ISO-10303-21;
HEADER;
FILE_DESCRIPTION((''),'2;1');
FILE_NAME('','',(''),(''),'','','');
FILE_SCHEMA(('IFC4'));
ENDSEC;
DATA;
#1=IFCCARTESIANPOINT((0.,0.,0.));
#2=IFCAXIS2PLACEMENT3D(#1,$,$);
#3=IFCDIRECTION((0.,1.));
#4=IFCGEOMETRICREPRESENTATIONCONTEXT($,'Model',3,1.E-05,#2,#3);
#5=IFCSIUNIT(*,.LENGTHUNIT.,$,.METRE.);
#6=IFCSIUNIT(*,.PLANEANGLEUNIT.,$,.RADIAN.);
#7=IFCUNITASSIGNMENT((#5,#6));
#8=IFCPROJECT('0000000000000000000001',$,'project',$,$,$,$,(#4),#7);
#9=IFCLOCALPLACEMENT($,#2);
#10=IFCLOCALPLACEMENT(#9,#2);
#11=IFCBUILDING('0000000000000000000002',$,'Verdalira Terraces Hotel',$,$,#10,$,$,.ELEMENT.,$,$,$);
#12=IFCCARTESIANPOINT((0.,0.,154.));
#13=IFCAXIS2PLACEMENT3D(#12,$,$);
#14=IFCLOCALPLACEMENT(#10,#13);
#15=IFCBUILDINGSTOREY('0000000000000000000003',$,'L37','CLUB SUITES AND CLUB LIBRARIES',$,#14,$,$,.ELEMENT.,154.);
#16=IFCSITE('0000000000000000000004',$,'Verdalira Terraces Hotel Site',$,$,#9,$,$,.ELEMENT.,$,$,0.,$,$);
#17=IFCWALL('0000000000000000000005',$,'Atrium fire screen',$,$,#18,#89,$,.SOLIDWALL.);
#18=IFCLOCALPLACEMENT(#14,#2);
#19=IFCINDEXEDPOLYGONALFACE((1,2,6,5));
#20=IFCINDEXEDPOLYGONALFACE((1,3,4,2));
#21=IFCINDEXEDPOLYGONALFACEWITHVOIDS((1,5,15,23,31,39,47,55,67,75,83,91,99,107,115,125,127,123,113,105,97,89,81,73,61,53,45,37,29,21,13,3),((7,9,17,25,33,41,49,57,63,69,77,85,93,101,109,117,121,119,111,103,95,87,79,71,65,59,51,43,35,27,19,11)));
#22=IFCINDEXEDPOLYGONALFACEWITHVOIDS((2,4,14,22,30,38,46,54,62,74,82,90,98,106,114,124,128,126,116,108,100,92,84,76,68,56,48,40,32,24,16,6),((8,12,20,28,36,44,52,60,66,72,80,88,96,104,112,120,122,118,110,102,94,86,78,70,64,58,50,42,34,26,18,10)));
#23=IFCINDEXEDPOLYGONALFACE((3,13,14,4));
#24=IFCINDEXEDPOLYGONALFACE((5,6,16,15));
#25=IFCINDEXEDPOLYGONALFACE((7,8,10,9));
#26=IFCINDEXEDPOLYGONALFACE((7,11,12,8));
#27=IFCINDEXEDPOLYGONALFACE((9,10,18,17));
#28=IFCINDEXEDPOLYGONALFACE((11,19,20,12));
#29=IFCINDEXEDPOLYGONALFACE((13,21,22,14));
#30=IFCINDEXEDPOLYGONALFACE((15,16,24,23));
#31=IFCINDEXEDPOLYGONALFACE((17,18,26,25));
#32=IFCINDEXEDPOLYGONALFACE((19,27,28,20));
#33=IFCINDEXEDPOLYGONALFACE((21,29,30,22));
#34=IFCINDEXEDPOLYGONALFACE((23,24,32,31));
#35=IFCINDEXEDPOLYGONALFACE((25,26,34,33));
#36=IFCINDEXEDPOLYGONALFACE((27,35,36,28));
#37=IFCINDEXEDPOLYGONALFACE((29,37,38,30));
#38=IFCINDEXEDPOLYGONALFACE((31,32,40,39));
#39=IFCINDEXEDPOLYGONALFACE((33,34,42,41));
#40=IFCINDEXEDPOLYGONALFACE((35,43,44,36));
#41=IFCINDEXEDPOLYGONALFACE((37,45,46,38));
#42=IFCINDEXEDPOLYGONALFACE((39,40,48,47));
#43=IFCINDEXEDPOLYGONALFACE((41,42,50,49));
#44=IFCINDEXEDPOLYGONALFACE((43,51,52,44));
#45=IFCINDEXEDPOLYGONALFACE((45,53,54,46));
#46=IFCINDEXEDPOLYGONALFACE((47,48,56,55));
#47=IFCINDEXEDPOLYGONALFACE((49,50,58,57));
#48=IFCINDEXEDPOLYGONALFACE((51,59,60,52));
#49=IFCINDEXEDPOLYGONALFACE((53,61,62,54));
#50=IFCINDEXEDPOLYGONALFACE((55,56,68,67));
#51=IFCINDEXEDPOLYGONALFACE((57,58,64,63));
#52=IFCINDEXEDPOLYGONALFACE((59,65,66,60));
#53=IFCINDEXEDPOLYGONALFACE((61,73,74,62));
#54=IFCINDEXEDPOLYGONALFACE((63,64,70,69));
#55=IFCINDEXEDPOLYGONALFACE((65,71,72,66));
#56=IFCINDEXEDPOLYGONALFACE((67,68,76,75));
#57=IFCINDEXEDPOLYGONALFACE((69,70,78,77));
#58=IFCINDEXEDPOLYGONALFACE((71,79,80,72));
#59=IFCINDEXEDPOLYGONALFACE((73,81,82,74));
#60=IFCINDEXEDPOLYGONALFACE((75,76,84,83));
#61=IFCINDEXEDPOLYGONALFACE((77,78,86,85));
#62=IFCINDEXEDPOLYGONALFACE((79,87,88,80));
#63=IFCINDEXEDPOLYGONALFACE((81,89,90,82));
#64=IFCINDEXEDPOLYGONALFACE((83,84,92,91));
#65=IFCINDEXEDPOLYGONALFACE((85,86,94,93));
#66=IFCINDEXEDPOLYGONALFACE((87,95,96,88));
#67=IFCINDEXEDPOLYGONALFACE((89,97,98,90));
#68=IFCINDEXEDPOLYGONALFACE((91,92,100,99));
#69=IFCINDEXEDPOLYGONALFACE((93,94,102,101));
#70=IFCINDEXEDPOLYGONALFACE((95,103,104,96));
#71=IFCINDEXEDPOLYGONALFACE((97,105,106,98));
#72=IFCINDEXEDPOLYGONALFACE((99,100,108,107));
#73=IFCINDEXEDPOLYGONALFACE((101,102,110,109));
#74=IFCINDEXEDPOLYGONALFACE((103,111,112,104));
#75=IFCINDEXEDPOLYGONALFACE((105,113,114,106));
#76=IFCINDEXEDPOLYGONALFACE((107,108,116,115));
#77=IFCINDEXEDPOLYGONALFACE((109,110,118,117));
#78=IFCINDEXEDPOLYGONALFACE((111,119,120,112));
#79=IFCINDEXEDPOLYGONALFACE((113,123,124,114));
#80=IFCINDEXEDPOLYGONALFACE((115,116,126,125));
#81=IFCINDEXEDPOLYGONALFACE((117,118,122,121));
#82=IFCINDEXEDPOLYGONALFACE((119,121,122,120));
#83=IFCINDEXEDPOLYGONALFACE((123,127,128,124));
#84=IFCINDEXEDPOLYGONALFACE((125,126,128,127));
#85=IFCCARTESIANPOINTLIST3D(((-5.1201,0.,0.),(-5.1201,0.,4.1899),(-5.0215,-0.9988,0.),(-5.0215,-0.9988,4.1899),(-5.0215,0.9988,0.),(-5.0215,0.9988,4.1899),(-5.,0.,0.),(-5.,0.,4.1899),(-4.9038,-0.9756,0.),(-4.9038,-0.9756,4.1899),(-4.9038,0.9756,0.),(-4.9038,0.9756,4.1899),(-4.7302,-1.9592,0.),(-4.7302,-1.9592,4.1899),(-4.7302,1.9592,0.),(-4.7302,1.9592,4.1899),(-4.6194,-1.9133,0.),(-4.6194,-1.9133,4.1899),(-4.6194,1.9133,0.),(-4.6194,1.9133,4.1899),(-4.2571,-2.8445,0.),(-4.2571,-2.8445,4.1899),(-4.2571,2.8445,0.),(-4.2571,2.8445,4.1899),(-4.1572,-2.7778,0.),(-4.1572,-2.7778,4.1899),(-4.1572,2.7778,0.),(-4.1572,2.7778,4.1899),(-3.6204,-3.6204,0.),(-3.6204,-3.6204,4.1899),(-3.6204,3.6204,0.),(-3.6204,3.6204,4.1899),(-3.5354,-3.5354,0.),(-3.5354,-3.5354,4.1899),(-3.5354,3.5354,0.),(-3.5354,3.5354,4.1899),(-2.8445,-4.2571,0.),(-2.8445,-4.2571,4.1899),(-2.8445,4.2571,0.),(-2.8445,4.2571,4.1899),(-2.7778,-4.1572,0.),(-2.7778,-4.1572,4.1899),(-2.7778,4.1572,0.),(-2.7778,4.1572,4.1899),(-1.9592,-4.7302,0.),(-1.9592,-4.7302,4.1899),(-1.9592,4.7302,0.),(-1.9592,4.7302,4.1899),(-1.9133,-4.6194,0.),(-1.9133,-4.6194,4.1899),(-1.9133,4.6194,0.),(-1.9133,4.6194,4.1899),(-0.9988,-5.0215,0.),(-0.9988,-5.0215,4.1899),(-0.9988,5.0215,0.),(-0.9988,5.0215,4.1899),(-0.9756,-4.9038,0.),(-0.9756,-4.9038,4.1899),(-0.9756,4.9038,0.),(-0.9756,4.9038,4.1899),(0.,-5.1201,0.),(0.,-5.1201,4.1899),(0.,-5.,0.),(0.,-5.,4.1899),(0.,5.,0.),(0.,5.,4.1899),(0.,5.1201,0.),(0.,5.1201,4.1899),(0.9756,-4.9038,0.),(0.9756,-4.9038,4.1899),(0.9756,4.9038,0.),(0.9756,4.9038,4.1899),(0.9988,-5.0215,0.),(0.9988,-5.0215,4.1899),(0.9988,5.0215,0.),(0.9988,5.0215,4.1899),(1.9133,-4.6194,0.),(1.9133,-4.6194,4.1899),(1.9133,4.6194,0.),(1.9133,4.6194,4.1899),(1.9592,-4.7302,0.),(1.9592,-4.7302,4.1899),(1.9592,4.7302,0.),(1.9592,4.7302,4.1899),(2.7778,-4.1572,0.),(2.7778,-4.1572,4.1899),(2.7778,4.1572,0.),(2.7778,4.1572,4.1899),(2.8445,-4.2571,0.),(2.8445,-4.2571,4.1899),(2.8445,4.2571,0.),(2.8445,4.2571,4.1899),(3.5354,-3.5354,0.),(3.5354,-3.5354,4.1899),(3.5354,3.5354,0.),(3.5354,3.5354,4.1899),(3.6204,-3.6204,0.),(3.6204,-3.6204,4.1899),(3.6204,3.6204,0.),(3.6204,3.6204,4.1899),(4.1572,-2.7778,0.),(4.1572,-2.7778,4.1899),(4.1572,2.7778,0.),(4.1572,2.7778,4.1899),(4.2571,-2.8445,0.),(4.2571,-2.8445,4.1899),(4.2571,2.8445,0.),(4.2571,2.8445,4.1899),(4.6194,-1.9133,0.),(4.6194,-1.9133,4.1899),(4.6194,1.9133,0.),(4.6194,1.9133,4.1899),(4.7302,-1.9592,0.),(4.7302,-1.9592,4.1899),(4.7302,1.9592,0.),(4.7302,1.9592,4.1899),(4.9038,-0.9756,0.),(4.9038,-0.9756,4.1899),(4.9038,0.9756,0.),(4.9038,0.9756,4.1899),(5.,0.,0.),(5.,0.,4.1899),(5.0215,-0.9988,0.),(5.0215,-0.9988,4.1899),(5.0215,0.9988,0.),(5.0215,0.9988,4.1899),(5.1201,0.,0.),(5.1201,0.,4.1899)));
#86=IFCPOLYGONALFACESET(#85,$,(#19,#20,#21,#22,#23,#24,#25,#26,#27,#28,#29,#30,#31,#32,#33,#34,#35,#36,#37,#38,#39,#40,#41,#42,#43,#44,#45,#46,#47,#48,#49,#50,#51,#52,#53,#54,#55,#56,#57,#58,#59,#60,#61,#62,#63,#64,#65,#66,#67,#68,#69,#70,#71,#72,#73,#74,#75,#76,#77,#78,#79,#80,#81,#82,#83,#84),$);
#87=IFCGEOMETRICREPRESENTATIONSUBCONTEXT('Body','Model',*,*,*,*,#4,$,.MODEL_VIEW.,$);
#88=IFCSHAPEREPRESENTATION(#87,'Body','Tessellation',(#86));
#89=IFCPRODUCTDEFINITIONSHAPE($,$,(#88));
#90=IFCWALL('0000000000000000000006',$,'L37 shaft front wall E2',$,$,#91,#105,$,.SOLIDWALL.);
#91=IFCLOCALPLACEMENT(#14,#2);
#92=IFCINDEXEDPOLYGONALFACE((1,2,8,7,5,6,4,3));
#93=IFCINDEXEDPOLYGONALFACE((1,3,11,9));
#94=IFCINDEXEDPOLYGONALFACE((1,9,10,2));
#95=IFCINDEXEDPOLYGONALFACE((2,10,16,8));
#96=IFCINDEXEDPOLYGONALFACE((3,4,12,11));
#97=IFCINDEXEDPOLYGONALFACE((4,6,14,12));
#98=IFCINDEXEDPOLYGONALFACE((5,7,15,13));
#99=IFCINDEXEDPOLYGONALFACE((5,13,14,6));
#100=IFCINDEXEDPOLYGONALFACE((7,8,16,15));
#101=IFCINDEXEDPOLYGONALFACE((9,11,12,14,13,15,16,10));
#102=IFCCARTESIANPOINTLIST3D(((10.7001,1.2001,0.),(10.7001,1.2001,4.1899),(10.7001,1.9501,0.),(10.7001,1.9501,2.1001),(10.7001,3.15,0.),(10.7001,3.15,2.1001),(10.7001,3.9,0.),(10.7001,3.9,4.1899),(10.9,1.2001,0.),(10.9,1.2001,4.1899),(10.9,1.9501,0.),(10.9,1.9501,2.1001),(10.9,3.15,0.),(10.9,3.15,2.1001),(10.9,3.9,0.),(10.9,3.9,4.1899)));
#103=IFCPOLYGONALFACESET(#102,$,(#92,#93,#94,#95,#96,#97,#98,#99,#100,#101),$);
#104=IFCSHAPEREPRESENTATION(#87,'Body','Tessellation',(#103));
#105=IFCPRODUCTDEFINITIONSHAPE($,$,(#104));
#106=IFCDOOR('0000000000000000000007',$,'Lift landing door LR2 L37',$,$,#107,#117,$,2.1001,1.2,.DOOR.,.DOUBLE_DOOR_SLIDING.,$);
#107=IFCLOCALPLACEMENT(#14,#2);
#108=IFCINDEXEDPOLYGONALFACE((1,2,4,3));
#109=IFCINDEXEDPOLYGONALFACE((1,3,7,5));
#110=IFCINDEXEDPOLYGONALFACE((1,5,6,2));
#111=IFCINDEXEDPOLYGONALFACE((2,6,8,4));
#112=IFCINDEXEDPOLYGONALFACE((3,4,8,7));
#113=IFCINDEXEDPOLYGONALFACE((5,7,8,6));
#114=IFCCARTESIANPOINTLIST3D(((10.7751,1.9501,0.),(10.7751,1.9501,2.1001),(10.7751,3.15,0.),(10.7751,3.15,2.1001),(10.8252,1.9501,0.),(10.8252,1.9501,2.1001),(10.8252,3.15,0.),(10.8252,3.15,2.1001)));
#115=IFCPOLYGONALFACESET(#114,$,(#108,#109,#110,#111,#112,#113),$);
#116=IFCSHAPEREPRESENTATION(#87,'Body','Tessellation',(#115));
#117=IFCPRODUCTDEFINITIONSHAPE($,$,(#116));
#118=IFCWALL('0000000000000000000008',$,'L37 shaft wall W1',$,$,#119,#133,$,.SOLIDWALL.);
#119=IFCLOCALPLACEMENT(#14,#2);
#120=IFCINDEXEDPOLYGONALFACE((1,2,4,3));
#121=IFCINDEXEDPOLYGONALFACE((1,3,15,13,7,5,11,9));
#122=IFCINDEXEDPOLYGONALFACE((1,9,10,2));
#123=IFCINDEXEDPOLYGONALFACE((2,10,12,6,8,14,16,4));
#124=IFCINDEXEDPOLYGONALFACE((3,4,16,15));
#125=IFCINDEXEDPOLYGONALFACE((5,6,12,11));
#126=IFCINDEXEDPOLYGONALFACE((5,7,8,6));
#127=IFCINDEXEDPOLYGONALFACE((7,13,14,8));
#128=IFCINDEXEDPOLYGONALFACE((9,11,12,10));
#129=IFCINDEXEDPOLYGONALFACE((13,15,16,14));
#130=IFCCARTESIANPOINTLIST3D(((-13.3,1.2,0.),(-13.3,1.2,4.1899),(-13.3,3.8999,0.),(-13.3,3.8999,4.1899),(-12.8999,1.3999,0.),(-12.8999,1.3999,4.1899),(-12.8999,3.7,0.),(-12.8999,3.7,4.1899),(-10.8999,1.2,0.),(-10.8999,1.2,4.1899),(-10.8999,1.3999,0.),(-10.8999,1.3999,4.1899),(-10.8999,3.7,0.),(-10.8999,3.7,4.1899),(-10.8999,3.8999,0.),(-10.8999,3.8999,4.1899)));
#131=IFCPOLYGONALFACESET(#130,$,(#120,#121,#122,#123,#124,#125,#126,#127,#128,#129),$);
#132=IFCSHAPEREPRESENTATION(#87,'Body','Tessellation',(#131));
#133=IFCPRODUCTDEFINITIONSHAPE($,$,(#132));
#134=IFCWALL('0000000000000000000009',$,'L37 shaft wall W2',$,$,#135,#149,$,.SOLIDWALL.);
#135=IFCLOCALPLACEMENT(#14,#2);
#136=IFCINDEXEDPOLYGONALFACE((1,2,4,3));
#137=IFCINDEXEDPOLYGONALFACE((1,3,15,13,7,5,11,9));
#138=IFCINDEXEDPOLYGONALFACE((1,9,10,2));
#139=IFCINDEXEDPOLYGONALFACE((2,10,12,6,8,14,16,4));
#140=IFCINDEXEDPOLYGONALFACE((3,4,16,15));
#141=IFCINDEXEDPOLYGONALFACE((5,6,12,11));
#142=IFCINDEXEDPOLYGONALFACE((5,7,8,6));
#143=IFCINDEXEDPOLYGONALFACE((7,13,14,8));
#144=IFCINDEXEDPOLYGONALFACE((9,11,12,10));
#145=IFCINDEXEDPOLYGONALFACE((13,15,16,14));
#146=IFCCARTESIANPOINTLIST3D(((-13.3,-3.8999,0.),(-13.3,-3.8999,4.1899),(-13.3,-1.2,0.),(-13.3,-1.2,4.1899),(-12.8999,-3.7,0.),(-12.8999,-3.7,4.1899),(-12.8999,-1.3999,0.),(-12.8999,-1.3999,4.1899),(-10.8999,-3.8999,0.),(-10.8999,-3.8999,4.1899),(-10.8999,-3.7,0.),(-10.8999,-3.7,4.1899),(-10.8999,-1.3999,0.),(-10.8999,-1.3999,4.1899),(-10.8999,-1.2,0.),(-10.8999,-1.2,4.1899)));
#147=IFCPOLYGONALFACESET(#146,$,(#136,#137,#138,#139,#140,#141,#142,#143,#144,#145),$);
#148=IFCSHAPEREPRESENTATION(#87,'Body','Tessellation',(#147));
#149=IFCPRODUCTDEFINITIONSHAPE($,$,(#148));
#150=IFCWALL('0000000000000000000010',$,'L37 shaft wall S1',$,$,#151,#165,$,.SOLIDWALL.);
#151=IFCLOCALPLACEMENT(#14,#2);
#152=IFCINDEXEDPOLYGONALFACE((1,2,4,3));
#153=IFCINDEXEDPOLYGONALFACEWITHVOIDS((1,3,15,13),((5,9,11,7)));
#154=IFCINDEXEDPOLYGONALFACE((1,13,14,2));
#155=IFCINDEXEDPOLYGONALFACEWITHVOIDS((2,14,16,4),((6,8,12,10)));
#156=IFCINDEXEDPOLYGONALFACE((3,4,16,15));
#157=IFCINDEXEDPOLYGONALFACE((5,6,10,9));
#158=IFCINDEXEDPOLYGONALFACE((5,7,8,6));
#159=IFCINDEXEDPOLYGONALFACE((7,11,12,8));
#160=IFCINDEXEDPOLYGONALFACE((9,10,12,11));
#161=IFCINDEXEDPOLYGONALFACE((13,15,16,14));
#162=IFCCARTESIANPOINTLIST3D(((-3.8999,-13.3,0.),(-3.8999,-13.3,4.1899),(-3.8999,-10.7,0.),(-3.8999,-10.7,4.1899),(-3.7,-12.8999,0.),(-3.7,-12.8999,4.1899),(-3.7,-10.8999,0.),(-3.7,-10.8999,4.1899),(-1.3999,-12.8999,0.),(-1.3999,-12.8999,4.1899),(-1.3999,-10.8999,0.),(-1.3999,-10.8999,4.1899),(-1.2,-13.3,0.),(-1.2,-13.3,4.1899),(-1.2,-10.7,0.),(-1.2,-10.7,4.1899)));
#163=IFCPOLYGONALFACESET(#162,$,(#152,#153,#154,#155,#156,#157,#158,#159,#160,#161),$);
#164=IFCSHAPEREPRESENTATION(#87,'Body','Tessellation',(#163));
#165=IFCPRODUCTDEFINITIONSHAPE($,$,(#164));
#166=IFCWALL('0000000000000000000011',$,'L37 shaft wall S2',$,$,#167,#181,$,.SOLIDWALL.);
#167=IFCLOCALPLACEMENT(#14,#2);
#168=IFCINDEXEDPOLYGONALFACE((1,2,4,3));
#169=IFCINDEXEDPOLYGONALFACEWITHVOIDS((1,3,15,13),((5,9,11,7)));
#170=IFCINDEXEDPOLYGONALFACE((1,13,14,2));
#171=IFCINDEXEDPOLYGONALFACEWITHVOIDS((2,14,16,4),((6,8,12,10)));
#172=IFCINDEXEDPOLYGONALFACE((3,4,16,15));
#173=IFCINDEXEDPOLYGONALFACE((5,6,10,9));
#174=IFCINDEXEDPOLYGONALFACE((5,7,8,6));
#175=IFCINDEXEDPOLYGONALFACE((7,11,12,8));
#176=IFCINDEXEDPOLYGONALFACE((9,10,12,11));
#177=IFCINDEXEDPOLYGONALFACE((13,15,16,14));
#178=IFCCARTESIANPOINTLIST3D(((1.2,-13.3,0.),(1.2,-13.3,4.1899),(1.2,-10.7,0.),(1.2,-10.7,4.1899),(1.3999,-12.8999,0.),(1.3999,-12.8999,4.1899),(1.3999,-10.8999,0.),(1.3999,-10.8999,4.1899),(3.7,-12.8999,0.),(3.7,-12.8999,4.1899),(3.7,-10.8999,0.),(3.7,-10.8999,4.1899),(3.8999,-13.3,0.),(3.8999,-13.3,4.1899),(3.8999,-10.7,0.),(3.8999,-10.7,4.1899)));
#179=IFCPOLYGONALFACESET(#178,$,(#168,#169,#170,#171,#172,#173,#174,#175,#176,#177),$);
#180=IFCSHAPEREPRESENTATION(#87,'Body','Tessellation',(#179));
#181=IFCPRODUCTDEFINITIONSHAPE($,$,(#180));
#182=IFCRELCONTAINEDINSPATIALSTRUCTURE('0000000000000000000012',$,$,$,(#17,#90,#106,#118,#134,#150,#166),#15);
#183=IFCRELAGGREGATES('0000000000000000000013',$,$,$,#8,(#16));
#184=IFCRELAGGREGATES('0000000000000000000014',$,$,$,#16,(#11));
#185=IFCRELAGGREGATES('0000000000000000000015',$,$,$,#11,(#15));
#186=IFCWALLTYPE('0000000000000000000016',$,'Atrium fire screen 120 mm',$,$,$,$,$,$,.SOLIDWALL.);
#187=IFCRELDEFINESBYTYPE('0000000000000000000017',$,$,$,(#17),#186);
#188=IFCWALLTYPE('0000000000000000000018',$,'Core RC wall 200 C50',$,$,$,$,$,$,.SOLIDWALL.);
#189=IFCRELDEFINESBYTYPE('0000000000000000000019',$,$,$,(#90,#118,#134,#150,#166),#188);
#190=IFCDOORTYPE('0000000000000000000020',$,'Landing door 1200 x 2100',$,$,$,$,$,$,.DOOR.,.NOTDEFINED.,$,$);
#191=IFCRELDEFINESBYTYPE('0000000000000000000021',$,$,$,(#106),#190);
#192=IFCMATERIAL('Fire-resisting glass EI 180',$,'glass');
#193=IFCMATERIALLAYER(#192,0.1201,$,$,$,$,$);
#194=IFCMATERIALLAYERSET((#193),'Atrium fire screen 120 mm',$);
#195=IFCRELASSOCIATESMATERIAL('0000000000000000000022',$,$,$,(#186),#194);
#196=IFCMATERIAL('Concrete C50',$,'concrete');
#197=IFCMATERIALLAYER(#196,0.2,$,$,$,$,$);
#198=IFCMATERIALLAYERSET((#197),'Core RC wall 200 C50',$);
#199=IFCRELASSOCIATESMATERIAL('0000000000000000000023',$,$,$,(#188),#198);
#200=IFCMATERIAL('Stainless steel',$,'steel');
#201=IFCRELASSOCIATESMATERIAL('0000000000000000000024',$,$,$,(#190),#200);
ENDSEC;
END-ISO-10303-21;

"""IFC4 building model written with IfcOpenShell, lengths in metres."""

from ifc_helpers import new_model, si_unit, direction, frame, frame_2d, origin, place, context, subcontext, project, spatial, polyline, rectangle, outline, extrude, material, layer, layer_set, type_object, element, fill, save


model = new_model("IFC4")

# Units and contexts
model_context = context("Model", 3, precision=1e-05, world=origin(), true_north=direction((0.0, 1.0)))
body_context = subcontext(model_context, "Body", "Model", "MODEL_VIEW")
ifc_project = project(units=[si_unit("LENGTHUNIT", "METRE"), si_unit("PLANEANGLEUNIT", "RADIAN")], contexts=[model_context])

# Site, building, storey
site_placement = place(None, origin())
site = spatial("IfcSite", under=ifc_project, at=site_placement, Name="Verdalira Terraces Hotel Site", CompositionType="ELEMENT", RefElevation=0.0)
building_placement = place(site_placement, origin())
building = spatial("IfcBuilding", under=site, at=building_placement, Name="Verdalira Terraces Hotel", CompositionType="ELEMENT")
storey_placement = place(building_placement, frame((0.0, 0.0, 154.0)))
storey = spatial("IfcBuildingStorey", under=building, at=storey_placement, Name="L37", Description="CLUB SUITES AND CLUB LIBRARIES", CompositionType="ELEMENT", Elevation=154.0)

# Wall
ifc_material_1 = material(Name="Fire-resisting glass EI 180", Category="glass")
ifc_layer_1 = layer(ifc_material_1, 0.1201)
ifc_layer_set_1 = layer_set([ifc_layer_1], Name="Atrium fire screen 120 mm")
wall_type_1 = type_object("IfcWallType", Name="Atrium fire screen 120 mm", PredefinedType="SOLIDWALL", material=ifc_layer_set_1)
wall_1_placement = place(storey_placement, origin())
element("IfcWall", 1, at=wall_1_placement, inside=storey, type_object=wall_type_1, Name="Atrium fire screen", PredefinedType="SOLIDWALL", context=body_context, shape_type="SweptSolid", body=[
    extrude(outline(polyline([(5.0215, -0.9988), (4.7302, -1.9592), (4.2571, -2.8445), (3.6204, -3.6204), (2.8445, -4.2571), (1.9592, -4.7302), (0.9988, -5.0215), (0.0, -5.1201), (-0.9988, -5.0215), (-1.9592, -4.7302), (-2.8445, -4.2571), (-3.6204, -3.6204), (-4.2571, -2.8445), (-4.7302, -1.9592), (-5.0215, -0.9988), (-5.1201, 0.0), (-5.0215, 0.9988), (-4.7302, 1.9592), (-4.2571, 2.8445), (-3.6204, 3.6204), (-2.8445, 4.2571), (-1.9592, 4.7302), (-0.9988, 5.0215), (0.0, 5.1201), (0.9988, 5.0215), (1.9592, 4.7302), (2.8445, 4.2571), (3.6204, 3.6204), (4.2571, 2.8445), (4.7302, 1.9592), (5.0215, 0.9988), (5.1201, 0.0), (5.0215, -0.9988)]), holes=[polyline([(4.9038, 0.9756), (4.6194, 1.9133), (4.1572, 2.7778), (3.5354, 3.5354), (2.7778, 4.1572), (1.9133, 4.6194), (0.9756, 4.9038), (0.0, 5.0), (-0.9756, 4.9038), (-1.9133, 4.6194), (-2.7778, 4.1572), (-3.5354, 3.5354), (-4.1572, 2.7778), (-4.6194, 1.9133), (-4.9038, 0.9756), (-5.0, 0.0), (-4.9038, -0.9756), (-4.6194, -1.9133), (-4.1572, -2.7778), (-3.5354, -3.5354), (-2.7778, -4.1572), (-1.9133, -4.6194), (-0.9756, -4.9038), (0.0, -5.0), (0.9756, -4.9038), (1.9133, -4.6194), (2.7778, -4.1572), (3.5354, -3.5354), (4.1572, -2.7778), (4.6194, -1.9133), (4.9038, -0.9756), (5.0, 0.0), (4.9038, 0.9756)])]), origin(), (0.0, 0.0, 1.0), 4.1899),
])

# Wall, opening, door
ifc_material_2 = material(Name="Concrete C50", Category="concrete")
ifc_layer_2 = layer(ifc_material_2, 0.2)
ifc_layer_set_2 = layer_set([ifc_layer_2], Name="Core RC wall 200 C50")
wall_type_2 = type_object("IfcWallType", Name="Core RC wall 200 C50", PredefinedType="SOLIDWALL", material=ifc_layer_set_2)
wall_2_placement = place(storey_placement, frame((10.8, 1.2, 0.0), z_axis=(0.0, 0.0, 1.0), x_axis=(0.0, 1.0, 0.0)))
wall_2 = element("IfcWall", 2, at=wall_2_placement, inside=storey, type_object=wall_type_2, Name="L37 shaft front wall E2", PredefinedType="SOLIDWALL", context=body_context, shape_type="SweptSolid", body=[
    extrude(rectangle(XDim=2.7, YDim=0.2, at=frame_2d((1.3501, 0.0))), origin(), (0.0, 0.0, 1.0), 4.1899),
])
opening_1_placement = place(wall_2_placement, frame((0.75, 0.0, 0.0)))
opening_1 = element("IfcOpeningElement", 3, at=opening_1_placement, cuts=wall_2, PredefinedType="OPENING", context=body_context, shape_type="SweptSolid", body=[
    extrude(rectangle(XDim=1.2, YDim=2.1001, at=frame_2d((0.6001, 1.05))), frame((0.0, 0.1099, 0.0), z_axis=(0.0, -1.0, 0.0), x_axis=(1.0, 0.0, 0.0)), (0.0, 0.0, 1.0), 0.22),
])
ifc_material_3 = material(Name="Stainless steel", Category="steel")
door_type_1 = type_object("IfcDoorType", Name="Landing door 1200 x 2100", OperationType="NOTDEFINED", PredefinedType="DOOR", material=ifc_material_3)
door_1_placement = place(opening_1_placement, origin())
door_1 = element("IfcDoor", 4, at=door_1_placement, inside=storey, type_object=door_type_1, Name="Lift landing door LR2 L37", OperationType="DOUBLE_DOOR_SLIDING", OverallHeight=2.1001, OverallWidth=1.2, PredefinedType="DOOR", context=body_context, shape_type="SweptSolid", body=[
    extrude(rectangle(XDim=1.2, YDim=2.1001, at=frame_2d((0.6001, 1.05))), frame((0.0, 0.0249, 0.0), z_axis=(0.0, -1.0, 0.0), x_axis=(1.0, 0.0, 0.0)), (0.0, 0.0, 1.0), 0.05),
])
fill(opening_1, door_1)

# Walls
wall_3_placement = place(storey_placement, origin())
element("IfcWall", 5, at=wall_3_placement, inside=storey, type_object=wall_type_2, Name="L37 shaft wall W1", PredefinedType="SOLIDWALL", context=body_context, shape_type="SweptSolid", body=[
    extrude(outline(polyline([(-13.3, 3.8999), (-10.8999, 3.8999), (-10.8999, 3.7), (-12.8999, 3.7), (-12.8999, 1.3999), (-10.8999, 1.3999), (-10.8999, 1.2), (-13.3, 1.2), (-13.3, 3.8999)])), origin(), (0.0, 0.0, 1.0), 4.1899),
])
wall_4_placement = place(storey_placement, origin())
element("IfcWall", 6, at=wall_4_placement, inside=storey, type_object=wall_type_2, Name="L37 shaft wall W2", PredefinedType="SOLIDWALL", context=body_context, shape_type="SweptSolid", body=[
    extrude(outline(polyline([(-13.3, -3.8999), (-13.3, -1.2), (-10.8999, -1.2), (-10.8999, -1.3999), (-12.8999, -1.3999), (-12.8999, -3.7), (-10.8999, -3.7), (-10.8999, -3.8999), (-13.3, -3.8999)])), origin(), (0.0, 0.0, 1.0), 4.1899),
])
wall_5_placement = place(storey_placement, origin())
element("IfcWall", 7, at=wall_5_placement, inside=storey, type_object=wall_type_2, Name="L37 shaft wall S1", PredefinedType="SOLIDWALL", context=body_context, shape_type="SweptSolid", body=[
    extrude(outline(polyline([(-1.2, -13.3), (-3.8999, -13.3), (-3.8999, -10.7), (-1.2, -10.7), (-1.2, -13.3)]), holes=[polyline([(-3.7, -10.8999), (-3.7, -12.8999), (-1.3999, -12.8999), (-1.3999, -10.8999), (-3.7, -10.8999)])]), origin(), (0.0, 0.0, 1.0), 4.1899),
])
wall_6_placement = place(storey_placement, origin())
element("IfcWall", 8, at=wall_6_placement, inside=storey, type_object=wall_type_2, Name="L37 shaft wall S2", PredefinedType="SOLIDWALL", context=body_context, shape_type="SweptSolid", body=[
    extrude(outline(polyline([(3.8999, -10.7), (3.8999, -13.3), (1.2, -13.3), (1.2, -10.7), (3.8999, -10.7)]), holes=[polyline([(1.3999, -12.8999), (3.7, -12.8999), (3.7, -10.8999), (1.3999, -10.8999), (1.3999, -12.8999)])]), origin(), (0.0, 0.0, 1.0), 4.1899),
])

save(model, "model.ifc")
